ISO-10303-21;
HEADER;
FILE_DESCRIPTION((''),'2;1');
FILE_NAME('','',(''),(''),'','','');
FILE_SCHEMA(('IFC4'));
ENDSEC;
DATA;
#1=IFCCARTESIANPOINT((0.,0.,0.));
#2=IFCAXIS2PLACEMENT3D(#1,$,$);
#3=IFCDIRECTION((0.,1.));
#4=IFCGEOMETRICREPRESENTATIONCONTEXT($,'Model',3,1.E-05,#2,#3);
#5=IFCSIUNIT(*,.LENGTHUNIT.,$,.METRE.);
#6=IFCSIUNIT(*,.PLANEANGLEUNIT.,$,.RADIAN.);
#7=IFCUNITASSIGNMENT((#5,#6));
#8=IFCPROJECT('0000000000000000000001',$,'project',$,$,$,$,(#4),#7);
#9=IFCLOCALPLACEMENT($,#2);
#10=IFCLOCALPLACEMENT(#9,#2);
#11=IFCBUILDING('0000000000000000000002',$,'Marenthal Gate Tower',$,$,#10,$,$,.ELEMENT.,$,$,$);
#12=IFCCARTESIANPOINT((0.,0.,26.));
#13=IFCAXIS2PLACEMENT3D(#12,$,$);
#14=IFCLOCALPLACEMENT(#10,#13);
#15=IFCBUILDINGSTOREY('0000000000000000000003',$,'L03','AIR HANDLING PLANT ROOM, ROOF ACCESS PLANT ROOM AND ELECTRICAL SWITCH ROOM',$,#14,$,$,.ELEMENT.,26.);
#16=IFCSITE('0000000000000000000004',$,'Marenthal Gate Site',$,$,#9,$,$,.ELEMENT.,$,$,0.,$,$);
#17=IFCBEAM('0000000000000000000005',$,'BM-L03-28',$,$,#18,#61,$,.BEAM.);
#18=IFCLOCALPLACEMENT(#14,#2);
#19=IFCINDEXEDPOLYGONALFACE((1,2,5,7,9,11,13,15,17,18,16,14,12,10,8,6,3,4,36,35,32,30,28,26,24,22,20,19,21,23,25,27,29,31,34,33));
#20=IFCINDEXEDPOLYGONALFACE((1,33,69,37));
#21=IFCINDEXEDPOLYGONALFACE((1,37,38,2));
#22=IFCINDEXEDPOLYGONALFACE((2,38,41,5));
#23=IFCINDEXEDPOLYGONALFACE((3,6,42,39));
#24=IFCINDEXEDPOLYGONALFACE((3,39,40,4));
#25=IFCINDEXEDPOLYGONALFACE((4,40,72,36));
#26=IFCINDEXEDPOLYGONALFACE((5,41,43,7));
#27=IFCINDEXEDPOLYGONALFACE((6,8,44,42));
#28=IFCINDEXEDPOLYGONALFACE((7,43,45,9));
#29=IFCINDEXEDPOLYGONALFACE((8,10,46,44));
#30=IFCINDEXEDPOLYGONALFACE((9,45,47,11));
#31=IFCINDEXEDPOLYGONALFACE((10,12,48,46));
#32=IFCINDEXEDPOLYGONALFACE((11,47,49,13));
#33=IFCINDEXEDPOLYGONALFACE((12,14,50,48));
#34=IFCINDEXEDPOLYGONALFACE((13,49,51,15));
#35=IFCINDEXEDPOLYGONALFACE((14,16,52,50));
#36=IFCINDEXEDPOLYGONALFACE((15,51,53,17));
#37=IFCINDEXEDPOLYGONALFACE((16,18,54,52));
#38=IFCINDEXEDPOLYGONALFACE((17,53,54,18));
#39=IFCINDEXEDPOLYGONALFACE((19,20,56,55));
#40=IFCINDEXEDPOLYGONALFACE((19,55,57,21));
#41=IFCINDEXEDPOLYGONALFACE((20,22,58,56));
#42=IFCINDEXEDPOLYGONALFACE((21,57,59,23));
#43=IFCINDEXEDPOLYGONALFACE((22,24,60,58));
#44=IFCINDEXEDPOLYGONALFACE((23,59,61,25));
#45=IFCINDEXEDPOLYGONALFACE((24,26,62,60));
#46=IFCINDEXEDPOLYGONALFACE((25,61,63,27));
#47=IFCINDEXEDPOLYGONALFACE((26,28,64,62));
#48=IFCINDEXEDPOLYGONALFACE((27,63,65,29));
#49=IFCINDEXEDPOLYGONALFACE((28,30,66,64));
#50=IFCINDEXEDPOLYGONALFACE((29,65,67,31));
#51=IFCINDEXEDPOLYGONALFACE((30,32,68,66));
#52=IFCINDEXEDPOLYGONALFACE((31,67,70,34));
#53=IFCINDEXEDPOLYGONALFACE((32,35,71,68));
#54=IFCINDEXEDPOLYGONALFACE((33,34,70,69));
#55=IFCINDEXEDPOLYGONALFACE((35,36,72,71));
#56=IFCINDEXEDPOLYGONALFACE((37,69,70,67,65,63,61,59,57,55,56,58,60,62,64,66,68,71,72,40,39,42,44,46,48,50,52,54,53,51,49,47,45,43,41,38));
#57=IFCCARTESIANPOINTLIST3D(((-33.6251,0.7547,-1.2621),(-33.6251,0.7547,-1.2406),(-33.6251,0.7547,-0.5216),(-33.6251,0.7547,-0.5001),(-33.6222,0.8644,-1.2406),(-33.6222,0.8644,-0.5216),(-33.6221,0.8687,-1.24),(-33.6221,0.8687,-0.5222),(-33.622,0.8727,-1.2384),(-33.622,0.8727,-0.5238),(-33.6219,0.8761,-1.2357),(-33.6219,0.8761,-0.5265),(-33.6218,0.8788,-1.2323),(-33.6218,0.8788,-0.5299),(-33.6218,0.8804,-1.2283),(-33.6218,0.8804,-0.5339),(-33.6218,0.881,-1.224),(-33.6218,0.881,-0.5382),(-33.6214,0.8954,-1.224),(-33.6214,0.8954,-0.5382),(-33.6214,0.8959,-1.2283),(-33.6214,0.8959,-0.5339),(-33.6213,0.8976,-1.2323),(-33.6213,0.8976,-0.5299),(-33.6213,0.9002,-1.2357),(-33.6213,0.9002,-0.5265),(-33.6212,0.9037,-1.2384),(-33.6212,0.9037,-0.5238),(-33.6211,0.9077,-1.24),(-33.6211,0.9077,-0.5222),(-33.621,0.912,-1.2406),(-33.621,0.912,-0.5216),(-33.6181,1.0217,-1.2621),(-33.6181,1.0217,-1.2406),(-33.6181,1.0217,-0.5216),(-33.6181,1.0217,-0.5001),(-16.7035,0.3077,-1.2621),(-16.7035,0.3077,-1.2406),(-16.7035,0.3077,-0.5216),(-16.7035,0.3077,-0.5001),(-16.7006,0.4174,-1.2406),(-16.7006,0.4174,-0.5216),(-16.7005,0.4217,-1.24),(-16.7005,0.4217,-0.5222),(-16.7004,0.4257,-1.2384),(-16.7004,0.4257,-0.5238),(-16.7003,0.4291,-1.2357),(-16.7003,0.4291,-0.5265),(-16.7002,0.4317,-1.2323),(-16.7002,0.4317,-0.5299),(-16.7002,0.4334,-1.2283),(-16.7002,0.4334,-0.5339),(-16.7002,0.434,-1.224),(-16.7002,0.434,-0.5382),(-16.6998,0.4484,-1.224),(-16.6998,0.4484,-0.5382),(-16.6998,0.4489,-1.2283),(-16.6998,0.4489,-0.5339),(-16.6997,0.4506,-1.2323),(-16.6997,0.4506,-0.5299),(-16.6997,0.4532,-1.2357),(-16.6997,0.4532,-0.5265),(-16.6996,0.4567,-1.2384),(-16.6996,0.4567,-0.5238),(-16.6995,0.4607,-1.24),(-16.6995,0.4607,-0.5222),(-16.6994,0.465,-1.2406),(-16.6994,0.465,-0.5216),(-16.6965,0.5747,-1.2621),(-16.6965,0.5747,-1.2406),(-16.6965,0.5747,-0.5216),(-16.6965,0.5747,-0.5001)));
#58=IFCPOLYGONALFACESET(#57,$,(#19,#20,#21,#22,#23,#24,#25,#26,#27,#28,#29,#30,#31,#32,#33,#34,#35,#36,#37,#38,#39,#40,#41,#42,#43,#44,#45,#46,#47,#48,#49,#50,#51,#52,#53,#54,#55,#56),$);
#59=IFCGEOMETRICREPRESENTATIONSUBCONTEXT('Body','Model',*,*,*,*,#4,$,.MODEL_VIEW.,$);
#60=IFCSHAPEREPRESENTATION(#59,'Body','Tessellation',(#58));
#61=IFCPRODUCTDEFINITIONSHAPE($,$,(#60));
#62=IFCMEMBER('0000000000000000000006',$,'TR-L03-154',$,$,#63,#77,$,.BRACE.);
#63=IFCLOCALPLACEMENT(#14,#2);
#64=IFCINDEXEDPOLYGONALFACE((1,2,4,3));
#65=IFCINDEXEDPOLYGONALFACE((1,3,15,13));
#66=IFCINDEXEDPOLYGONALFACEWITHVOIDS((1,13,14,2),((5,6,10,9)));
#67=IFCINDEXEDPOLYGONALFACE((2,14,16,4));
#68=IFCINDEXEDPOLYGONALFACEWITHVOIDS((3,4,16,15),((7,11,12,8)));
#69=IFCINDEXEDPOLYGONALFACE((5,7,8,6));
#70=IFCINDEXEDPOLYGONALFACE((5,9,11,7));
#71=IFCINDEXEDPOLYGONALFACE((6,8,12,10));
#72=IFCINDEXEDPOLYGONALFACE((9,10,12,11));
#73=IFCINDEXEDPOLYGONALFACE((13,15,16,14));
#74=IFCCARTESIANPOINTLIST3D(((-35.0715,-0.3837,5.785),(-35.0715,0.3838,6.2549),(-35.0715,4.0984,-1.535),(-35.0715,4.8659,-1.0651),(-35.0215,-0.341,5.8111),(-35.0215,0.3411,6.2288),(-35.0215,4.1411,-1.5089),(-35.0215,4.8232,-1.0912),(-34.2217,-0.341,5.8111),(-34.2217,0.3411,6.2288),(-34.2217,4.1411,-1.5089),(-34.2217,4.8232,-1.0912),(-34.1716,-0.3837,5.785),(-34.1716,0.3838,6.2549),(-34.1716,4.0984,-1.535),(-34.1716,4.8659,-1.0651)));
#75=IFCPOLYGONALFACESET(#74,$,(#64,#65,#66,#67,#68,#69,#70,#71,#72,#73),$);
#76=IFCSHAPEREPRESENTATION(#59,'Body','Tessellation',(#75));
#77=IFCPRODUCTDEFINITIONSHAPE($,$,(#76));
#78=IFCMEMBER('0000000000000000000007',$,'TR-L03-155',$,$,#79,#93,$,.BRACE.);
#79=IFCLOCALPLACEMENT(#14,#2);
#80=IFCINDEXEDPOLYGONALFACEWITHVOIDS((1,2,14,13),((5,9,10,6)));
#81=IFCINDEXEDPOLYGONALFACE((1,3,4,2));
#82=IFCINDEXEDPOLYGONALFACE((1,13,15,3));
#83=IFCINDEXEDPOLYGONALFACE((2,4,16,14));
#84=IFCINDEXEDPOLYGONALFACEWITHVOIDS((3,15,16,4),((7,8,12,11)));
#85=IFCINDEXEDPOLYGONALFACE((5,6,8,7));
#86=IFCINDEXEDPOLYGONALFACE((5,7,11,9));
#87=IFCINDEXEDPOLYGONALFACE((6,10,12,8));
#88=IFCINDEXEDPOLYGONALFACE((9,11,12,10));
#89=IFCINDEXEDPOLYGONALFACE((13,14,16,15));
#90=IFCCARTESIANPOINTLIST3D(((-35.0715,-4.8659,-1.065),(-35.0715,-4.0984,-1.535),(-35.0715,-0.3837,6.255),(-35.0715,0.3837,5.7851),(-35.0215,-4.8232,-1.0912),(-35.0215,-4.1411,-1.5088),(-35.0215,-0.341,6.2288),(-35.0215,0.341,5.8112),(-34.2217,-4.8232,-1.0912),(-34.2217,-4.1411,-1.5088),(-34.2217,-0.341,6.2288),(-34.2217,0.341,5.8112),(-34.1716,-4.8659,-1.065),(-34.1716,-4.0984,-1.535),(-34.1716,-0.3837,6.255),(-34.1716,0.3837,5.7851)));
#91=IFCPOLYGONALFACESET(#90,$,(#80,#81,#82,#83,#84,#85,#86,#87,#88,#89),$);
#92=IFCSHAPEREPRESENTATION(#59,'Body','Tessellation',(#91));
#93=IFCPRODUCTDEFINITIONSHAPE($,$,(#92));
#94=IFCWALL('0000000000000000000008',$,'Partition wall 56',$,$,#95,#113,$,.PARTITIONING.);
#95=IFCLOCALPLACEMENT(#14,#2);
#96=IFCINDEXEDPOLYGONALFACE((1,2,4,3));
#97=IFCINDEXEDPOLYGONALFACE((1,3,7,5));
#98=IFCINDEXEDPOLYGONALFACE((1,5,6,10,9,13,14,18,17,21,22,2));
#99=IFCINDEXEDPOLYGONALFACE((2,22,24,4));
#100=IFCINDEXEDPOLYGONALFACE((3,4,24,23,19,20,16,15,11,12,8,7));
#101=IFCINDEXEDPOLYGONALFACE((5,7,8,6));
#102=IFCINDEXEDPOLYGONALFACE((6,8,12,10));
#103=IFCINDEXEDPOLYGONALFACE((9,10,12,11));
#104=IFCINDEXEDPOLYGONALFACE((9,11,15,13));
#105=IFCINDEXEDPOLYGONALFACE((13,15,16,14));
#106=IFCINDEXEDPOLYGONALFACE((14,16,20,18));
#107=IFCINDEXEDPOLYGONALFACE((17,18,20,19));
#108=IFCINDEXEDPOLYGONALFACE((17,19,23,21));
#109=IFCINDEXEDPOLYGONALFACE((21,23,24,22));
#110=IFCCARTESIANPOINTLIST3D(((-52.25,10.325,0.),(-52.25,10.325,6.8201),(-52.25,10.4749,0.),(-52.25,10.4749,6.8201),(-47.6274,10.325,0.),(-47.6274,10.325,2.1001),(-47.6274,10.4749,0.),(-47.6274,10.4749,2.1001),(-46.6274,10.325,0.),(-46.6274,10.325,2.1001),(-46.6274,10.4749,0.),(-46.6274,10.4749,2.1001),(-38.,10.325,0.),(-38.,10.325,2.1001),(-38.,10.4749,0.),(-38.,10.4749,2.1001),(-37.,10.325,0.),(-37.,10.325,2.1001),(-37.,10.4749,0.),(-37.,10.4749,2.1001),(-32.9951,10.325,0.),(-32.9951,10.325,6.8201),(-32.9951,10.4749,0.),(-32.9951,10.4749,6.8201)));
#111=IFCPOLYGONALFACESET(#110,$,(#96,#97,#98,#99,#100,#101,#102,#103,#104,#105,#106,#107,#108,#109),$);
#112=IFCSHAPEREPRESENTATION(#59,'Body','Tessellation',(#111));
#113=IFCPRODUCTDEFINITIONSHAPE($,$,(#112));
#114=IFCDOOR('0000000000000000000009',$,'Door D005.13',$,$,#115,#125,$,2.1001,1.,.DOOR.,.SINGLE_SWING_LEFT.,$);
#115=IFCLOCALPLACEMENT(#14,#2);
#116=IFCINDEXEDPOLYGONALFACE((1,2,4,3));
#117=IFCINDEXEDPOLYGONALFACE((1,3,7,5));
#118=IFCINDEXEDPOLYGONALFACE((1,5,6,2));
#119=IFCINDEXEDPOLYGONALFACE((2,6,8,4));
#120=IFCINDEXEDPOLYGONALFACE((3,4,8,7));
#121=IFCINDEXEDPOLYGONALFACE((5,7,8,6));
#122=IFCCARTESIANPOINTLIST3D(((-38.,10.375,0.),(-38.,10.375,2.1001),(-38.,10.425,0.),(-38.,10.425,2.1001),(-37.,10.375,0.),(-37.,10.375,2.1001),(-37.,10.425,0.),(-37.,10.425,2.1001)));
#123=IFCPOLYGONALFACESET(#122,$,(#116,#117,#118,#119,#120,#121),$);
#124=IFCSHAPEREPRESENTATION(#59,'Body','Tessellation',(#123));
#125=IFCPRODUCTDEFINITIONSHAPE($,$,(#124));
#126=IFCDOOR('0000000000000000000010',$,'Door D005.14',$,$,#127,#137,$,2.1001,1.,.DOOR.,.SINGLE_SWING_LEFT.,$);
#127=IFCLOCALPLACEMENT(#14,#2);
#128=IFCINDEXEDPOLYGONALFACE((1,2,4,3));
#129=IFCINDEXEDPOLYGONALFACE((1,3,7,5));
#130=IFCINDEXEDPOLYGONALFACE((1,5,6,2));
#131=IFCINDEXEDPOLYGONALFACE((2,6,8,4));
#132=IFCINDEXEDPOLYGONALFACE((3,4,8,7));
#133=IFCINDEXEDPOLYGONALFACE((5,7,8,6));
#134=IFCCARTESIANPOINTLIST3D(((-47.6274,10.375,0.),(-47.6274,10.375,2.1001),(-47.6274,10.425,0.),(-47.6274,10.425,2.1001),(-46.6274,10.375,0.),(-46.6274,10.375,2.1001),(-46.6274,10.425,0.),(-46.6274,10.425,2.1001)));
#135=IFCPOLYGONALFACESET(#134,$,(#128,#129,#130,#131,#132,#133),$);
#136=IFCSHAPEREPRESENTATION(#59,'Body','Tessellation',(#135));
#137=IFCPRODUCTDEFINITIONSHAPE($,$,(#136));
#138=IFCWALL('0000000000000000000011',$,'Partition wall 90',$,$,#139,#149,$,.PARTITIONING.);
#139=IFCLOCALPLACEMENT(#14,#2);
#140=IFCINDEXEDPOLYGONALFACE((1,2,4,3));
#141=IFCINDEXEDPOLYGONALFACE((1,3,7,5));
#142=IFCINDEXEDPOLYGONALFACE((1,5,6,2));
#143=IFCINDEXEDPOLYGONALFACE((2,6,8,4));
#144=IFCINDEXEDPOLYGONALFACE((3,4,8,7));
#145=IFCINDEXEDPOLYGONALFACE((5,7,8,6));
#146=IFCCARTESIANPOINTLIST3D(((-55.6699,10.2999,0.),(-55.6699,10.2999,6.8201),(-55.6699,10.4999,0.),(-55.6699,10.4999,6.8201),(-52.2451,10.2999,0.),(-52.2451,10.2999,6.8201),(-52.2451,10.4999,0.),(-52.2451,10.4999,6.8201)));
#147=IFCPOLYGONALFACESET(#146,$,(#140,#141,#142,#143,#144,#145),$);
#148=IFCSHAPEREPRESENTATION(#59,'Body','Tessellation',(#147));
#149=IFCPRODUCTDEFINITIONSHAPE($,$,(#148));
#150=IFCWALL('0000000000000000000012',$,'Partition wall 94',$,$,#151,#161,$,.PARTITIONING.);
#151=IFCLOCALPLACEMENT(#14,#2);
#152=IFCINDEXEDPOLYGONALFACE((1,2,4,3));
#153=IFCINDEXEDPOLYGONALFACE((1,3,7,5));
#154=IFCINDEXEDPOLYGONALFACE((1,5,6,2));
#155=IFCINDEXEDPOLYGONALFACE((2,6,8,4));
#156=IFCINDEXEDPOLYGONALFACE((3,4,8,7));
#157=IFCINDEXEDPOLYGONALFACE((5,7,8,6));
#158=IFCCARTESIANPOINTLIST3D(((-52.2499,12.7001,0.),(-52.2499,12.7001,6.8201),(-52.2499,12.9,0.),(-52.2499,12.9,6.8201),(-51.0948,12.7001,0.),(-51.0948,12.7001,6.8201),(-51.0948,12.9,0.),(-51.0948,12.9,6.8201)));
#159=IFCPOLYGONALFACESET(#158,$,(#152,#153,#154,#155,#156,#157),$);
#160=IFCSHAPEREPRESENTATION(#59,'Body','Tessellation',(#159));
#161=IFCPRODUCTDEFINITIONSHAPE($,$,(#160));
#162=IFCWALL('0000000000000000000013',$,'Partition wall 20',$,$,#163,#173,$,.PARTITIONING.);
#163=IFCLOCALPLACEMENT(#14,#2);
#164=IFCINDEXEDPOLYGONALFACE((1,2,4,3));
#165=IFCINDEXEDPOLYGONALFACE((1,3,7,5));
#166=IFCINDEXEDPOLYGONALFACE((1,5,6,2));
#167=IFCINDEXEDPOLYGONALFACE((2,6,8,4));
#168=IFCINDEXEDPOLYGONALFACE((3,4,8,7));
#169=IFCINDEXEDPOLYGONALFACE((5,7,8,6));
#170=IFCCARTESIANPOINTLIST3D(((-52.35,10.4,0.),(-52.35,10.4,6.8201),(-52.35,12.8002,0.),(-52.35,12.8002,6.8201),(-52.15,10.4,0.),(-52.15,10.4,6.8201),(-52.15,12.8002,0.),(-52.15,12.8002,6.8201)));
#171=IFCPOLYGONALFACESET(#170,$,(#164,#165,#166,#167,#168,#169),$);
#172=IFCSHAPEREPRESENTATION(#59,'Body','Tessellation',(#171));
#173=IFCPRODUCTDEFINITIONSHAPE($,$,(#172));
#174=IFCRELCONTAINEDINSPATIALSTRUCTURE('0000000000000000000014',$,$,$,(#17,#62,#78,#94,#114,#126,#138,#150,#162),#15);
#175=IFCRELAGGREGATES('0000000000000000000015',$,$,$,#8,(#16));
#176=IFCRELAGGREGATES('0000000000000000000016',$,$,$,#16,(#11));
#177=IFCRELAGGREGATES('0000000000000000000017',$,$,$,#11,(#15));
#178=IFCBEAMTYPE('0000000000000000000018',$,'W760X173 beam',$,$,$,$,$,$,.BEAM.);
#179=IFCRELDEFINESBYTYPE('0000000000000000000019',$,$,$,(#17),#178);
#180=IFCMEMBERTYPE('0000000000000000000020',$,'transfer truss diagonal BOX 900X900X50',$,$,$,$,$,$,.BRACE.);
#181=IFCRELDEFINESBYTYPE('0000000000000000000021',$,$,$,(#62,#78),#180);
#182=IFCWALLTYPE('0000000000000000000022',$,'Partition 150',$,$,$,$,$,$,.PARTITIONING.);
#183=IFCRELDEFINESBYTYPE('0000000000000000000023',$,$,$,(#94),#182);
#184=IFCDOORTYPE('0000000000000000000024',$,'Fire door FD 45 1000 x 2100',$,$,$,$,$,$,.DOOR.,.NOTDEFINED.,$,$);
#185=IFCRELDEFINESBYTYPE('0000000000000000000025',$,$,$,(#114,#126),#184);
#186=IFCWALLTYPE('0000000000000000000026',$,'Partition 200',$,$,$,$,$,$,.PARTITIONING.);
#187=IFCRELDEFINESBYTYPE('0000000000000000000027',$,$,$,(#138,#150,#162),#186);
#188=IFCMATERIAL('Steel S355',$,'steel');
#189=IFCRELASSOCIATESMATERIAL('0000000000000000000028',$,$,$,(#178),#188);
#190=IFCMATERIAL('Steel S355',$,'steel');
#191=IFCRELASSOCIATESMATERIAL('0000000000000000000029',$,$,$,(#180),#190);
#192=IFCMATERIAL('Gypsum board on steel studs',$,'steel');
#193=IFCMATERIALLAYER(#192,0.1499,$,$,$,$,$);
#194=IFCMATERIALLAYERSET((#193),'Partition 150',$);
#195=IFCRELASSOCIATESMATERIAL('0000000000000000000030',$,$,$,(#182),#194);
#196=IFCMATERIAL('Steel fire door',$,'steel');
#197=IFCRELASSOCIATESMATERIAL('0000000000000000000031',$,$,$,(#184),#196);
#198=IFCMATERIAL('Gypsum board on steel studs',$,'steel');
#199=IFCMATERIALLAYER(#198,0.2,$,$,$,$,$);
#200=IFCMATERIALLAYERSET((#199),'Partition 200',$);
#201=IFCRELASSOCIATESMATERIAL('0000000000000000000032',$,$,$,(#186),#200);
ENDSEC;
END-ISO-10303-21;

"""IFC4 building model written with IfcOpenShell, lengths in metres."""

from ifc_helpers import new_model, si_unit, direction, frame, frame_2d, origin, origin_2d, place, context, subcontext, project, spatial, rectangle, hollow_rectangle, i_section, extrude, material, layer, layer_set, material_profile, profile_set, type_object, element, fill, save


model = new_model("IFC4")

# Units and contexts
model_context = context("Model", 3, precision=1e-05, world=origin(), true_north=direction((0.0, 1.0)))
body_context = subcontext(model_context, "Body", "Model", "MODEL_VIEW")
ifc_project = project(units=[si_unit("LENGTHUNIT", "METRE"), si_unit("PLANEANGLEUNIT", "RADIAN")], contexts=[model_context])

# Site, building, storey
site_placement = place(None, origin())
site = spatial("IfcSite", under=ifc_project, at=site_placement, Name="Marenthal Gate Site", CompositionType="ELEMENT", RefElevation=0.0)
building_placement = place(site_placement, origin())
building = spatial("IfcBuilding", under=site, at=building_placement, Name="Marenthal Gate Tower", CompositionType="ELEMENT")
storey_placement = place(building_placement, frame((0.0, 0.0, 26.0)))
storey = spatial("IfcBuildingStorey", under=building, at=storey_placement, Name="L03", Description="AIR HANDLING PLANT ROOM, ROOF ACCESS PLANT ROOM AND ELECTRICAL SWITCH ROOM", CompositionType="ELEMENT", Elevation=26.0)

# Beam
ifc_material_1 = material(Name="Steel S355", Category="steel")
ifc_material_profile_1 = material_profile(ifc_material_1, i_section(OverallWidth=0.2671, OverallDepth=0.762, WebThickness=0.0144, FlangeThickness=0.0215, FilletRadius=0.0166, at=origin_2d()), Name="W760X173")
ifc_profile_set_1 = profile_set([ifc_material_profile_1], Name="Steel S355")
beam_type_1 = type_object("IfcBeamType", Name="W760X173 beam", PredefinedType="BEAM", material=ifc_profile_set_1)
beam_1_placement = place(storey_placement, frame((-33.6216, 0.8882, -0.8811), z_axis=(0.999651, -0.026408, 0.0), x_axis=(0.026408, 0.999651, 0.0)))
element("IfcBeam", 1, at=beam_1_placement, inside=storey, type_object=beam_type_1, Name="BM-L03-28", PredefinedType="BEAM", context=body_context, shape_type="SweptSolid", body=[
    extrude(i_section(OverallWidth=0.2671, OverallDepth=0.762, WebThickness=0.0144, FlangeThickness=0.0215, FilletRadius=0.0166, at=origin_2d()), origin(), (0.0, 0.0, 1.0), 16.9275),
])

# Members
ifc_material_2 = material(Name="Steel S355", Category="steel")
ifc_material_profile_2 = material_profile(ifc_material_2, hollow_rectangle(XDim=0.8999, YDim=0.8999, WallThickness=0.05, at=origin_2d()), Name="BOX 900X900X50")
ifc_profile_set_2 = profile_set([ifc_material_profile_2], Name="Steel S355")
member_type = type_object("IfcMemberType", Name="transfer truss diagonal BOX 900X900X50", PredefinedType="BRACE", material=ifc_profile_set_2)
for number, where, z_axis, x_axis, name in (
    (2, (-34.6216, 4.4822, -1.3), (0.0, -0.522197, 0.852825), (1.0, 0.0, 0.0), "TR-L03-154"),
    (3, (-34.6216, 0.0, 6.02), (0.0, -0.522197, -0.852825), (1.0, 0.0, 0.0), "TR-L03-155"),
):
    element("IfcMember", number, at=place(storey_placement, frame(where, z_axis=z_axis, x_axis=x_axis)), inside=storey, type_object=member_type, Name=name, PredefinedType="BRACE", context=body_context, shape_type="SweptSolid", body=[
        extrude(hollow_rectangle(XDim=0.8999, YDim=0.8999, WallThickness=0.05, at=origin_2d()), origin(), (0.0, 0.0, 1.0), 8.5833),
    ])

# Wall, openings, doors
ifc_material_3 = material(Name="Gypsum board on steel studs", Category="steel")
ifc_layer_1 = layer(ifc_material_3, 0.1499)
ifc_layer_set_1 = layer_set([ifc_layer_1], Name="Partition 150")
wall_type_1 = type_object("IfcWallType", Name="Partition 150", PredefinedType="PARTITIONING", material=ifc_layer_set_1)
wall_1_placement = place(storey_placement, frame((-52.25, 10.3999, 0.0), z_axis=(0.0, 0.0, 1.0), x_axis=(1.0, 0.0, 0.0)))
wall_1 = element("IfcWall", 4, at=wall_1_placement, inside=storey, type_object=wall_type_1, Name="Partition wall 56", PredefinedType="PARTITIONING", context=body_context, shape_type="SweptSolid", body=[
    extrude(rectangle(XDim=19.2549, YDim=0.1499, at=frame_2d((9.6274, 0.0))), origin(), (0.0, 0.0, 1.0), 6.8201),
])
opening_1_placement = place(wall_1_placement, frame((14.25, 0.0, 0.0)))
opening_1 = element("IfcOpeningElement", 5, at=opening_1_placement, cuts=wall_1, PredefinedType="OPENING", context=body_context, shape_type="SweptSolid", body=[
    extrude(rectangle(XDim=1.0, YDim=2.1001, at=frame_2d((0.5, 1.05))), frame((0.0, 0.085, 0.0), z_axis=(0.0, -1.0, 0.0), x_axis=(1.0, 0.0, 0.0)), (0.0, 0.0, 1.0), 0.1699),
])
opening_2_placement = place(wall_1_placement, frame((4.6226, 0.0, 0.0)))
opening_2 = element("IfcOpeningElement", 6, at=opening_2_placement, cuts=wall_1, PredefinedType="OPENING", context=body_context, shape_type="SweptSolid", body=[
    extrude(rectangle(XDim=1.0, YDim=2.1001, at=frame_2d((0.5, 1.05))), frame((0.0, 0.085, 0.0), z_axis=(0.0, -1.0, 0.0), x_axis=(1.0, 0.0, 0.0)), (0.0, 0.0, 1.0), 0.1699),
])
ifc_material_4 = material(Name="Steel fire door", Category="steel")
door_type_1 = type_object("IfcDoorType", Name="Fire door FD 45 1000 x 2100", OperationType="NOTDEFINED", PredefinedType="DOOR", material=ifc_material_4)
door_1_placement = place(opening_1_placement, frame((1.0, 0.0, 0.0), z_axis=(0.0, 0.0, 1.0), x_axis=(-1.0, 0.0, 0.0)))
door_1 = element("IfcDoor", 7, at=door_1_placement, inside=storey, type_object=door_type_1, Name="Door D005.13", OperationType="SINGLE_SWING_LEFT", OverallHeight=2.1001, OverallWidth=1.0, PredefinedType="DOOR", context=body_context, shape_type="SweptSolid", body=[
    extrude(rectangle(XDim=1.0, YDim=2.1001, at=frame_2d((0.5, 1.05))), frame((0.0, 0.0249, 0.0), z_axis=(0.0, -1.0, 0.0), x_axis=(1.0, 0.0, 0.0)), (0.0, 0.0, 1.0), 0.05),
])
fill(opening_1, door_1)
door_2_placement = place(opening_2_placement, frame((1.0, 0.0, 0.0), z_axis=(0.0, 0.0, 1.0), x_axis=(-1.0, 0.0, 0.0)))
door_2 = element("IfcDoor", 8, at=door_2_placement, inside=storey, type_object=door_type_1, Name="Door D005.14", OperationType="SINGLE_SWING_LEFT", OverallHeight=2.1001, OverallWidth=1.0, PredefinedType="DOOR", context=body_context, shape_type="SweptSolid", body=[
    extrude(rectangle(XDim=1.0, YDim=2.1001, at=frame_2d((0.5, 1.05))), frame((0.0, 0.0249, 0.0), z_axis=(0.0, -1.0, 0.0), x_axis=(1.0, 0.0, 0.0)), (0.0, 0.0, 1.0), 0.05),
])
fill(opening_2, door_2)

# Walls
ifc_material_5 = material(Name="Gypsum board on steel studs", Category="steel")
ifc_layer_2 = layer(ifc_material_5, 0.2)
ifc_layer_set_2 = layer_set([ifc_layer_2], Name="Partition 200")
wall_type_2 = type_object("IfcWallType", Name="Partition 200", PredefinedType="PARTITIONING", material=ifc_layer_set_2)
wall_2_placement = place(storey_placement, frame((-55.6699, 10.3999, 0.0), z_axis=(0.0, 0.0, 1.0), x_axis=(1.0, 0.0, 0.0)))
element("IfcWall", 9, at=wall_2_placement, inside=storey, type_object=wall_type_2, Name="Partition wall 90", PredefinedType="PARTITIONING", context=body_context, shape_type="SweptSolid", body=[
    extrude(rectangle(XDim=3.4248, YDim=0.2, at=frame_2d((1.7124, 0.0))), origin(), (0.0, 0.0, 1.0), 6.8201),
])
wall_3_placement = place(storey_placement, frame((-52.25, 12.8, 0.0), z_axis=(0.0, 0.0, 1.0), x_axis=(1.0, 0.0, 0.0)))
element("IfcWall", 10, at=wall_3_placement, inside=storey, type_object=wall_type_2, Name="Partition wall 94", PredefinedType="PARTITIONING", context=body_context, shape_type="SweptSolid", body=[
    extrude(rectangle(XDim=1.155, YDim=0.2, at=frame_2d((0.5776, 0.0))), origin(), (0.0, 0.0, 1.0), 6.8201),
])
wall_4_placement = place(storey_placement, frame((-52.25, 10.3999, 0.0), z_axis=(0.0, 0.0, 1.0), x_axis=(0.0, 1.0, 0.0)))
element("IfcWall", 11, at=wall_4_placement, inside=storey, type_object=wall_type_2, Name="Partition wall 20", PredefinedType="PARTITIONING", context=body_context, shape_type="SweptSolid", body=[
    extrude(rectangle(XDim=2.4001, YDim=0.2, at=frame_2d((1.2002, 0.0))), origin(), (0.0, 0.0, 1.0), 6.8201),
])

save(model, "model.ifc")
